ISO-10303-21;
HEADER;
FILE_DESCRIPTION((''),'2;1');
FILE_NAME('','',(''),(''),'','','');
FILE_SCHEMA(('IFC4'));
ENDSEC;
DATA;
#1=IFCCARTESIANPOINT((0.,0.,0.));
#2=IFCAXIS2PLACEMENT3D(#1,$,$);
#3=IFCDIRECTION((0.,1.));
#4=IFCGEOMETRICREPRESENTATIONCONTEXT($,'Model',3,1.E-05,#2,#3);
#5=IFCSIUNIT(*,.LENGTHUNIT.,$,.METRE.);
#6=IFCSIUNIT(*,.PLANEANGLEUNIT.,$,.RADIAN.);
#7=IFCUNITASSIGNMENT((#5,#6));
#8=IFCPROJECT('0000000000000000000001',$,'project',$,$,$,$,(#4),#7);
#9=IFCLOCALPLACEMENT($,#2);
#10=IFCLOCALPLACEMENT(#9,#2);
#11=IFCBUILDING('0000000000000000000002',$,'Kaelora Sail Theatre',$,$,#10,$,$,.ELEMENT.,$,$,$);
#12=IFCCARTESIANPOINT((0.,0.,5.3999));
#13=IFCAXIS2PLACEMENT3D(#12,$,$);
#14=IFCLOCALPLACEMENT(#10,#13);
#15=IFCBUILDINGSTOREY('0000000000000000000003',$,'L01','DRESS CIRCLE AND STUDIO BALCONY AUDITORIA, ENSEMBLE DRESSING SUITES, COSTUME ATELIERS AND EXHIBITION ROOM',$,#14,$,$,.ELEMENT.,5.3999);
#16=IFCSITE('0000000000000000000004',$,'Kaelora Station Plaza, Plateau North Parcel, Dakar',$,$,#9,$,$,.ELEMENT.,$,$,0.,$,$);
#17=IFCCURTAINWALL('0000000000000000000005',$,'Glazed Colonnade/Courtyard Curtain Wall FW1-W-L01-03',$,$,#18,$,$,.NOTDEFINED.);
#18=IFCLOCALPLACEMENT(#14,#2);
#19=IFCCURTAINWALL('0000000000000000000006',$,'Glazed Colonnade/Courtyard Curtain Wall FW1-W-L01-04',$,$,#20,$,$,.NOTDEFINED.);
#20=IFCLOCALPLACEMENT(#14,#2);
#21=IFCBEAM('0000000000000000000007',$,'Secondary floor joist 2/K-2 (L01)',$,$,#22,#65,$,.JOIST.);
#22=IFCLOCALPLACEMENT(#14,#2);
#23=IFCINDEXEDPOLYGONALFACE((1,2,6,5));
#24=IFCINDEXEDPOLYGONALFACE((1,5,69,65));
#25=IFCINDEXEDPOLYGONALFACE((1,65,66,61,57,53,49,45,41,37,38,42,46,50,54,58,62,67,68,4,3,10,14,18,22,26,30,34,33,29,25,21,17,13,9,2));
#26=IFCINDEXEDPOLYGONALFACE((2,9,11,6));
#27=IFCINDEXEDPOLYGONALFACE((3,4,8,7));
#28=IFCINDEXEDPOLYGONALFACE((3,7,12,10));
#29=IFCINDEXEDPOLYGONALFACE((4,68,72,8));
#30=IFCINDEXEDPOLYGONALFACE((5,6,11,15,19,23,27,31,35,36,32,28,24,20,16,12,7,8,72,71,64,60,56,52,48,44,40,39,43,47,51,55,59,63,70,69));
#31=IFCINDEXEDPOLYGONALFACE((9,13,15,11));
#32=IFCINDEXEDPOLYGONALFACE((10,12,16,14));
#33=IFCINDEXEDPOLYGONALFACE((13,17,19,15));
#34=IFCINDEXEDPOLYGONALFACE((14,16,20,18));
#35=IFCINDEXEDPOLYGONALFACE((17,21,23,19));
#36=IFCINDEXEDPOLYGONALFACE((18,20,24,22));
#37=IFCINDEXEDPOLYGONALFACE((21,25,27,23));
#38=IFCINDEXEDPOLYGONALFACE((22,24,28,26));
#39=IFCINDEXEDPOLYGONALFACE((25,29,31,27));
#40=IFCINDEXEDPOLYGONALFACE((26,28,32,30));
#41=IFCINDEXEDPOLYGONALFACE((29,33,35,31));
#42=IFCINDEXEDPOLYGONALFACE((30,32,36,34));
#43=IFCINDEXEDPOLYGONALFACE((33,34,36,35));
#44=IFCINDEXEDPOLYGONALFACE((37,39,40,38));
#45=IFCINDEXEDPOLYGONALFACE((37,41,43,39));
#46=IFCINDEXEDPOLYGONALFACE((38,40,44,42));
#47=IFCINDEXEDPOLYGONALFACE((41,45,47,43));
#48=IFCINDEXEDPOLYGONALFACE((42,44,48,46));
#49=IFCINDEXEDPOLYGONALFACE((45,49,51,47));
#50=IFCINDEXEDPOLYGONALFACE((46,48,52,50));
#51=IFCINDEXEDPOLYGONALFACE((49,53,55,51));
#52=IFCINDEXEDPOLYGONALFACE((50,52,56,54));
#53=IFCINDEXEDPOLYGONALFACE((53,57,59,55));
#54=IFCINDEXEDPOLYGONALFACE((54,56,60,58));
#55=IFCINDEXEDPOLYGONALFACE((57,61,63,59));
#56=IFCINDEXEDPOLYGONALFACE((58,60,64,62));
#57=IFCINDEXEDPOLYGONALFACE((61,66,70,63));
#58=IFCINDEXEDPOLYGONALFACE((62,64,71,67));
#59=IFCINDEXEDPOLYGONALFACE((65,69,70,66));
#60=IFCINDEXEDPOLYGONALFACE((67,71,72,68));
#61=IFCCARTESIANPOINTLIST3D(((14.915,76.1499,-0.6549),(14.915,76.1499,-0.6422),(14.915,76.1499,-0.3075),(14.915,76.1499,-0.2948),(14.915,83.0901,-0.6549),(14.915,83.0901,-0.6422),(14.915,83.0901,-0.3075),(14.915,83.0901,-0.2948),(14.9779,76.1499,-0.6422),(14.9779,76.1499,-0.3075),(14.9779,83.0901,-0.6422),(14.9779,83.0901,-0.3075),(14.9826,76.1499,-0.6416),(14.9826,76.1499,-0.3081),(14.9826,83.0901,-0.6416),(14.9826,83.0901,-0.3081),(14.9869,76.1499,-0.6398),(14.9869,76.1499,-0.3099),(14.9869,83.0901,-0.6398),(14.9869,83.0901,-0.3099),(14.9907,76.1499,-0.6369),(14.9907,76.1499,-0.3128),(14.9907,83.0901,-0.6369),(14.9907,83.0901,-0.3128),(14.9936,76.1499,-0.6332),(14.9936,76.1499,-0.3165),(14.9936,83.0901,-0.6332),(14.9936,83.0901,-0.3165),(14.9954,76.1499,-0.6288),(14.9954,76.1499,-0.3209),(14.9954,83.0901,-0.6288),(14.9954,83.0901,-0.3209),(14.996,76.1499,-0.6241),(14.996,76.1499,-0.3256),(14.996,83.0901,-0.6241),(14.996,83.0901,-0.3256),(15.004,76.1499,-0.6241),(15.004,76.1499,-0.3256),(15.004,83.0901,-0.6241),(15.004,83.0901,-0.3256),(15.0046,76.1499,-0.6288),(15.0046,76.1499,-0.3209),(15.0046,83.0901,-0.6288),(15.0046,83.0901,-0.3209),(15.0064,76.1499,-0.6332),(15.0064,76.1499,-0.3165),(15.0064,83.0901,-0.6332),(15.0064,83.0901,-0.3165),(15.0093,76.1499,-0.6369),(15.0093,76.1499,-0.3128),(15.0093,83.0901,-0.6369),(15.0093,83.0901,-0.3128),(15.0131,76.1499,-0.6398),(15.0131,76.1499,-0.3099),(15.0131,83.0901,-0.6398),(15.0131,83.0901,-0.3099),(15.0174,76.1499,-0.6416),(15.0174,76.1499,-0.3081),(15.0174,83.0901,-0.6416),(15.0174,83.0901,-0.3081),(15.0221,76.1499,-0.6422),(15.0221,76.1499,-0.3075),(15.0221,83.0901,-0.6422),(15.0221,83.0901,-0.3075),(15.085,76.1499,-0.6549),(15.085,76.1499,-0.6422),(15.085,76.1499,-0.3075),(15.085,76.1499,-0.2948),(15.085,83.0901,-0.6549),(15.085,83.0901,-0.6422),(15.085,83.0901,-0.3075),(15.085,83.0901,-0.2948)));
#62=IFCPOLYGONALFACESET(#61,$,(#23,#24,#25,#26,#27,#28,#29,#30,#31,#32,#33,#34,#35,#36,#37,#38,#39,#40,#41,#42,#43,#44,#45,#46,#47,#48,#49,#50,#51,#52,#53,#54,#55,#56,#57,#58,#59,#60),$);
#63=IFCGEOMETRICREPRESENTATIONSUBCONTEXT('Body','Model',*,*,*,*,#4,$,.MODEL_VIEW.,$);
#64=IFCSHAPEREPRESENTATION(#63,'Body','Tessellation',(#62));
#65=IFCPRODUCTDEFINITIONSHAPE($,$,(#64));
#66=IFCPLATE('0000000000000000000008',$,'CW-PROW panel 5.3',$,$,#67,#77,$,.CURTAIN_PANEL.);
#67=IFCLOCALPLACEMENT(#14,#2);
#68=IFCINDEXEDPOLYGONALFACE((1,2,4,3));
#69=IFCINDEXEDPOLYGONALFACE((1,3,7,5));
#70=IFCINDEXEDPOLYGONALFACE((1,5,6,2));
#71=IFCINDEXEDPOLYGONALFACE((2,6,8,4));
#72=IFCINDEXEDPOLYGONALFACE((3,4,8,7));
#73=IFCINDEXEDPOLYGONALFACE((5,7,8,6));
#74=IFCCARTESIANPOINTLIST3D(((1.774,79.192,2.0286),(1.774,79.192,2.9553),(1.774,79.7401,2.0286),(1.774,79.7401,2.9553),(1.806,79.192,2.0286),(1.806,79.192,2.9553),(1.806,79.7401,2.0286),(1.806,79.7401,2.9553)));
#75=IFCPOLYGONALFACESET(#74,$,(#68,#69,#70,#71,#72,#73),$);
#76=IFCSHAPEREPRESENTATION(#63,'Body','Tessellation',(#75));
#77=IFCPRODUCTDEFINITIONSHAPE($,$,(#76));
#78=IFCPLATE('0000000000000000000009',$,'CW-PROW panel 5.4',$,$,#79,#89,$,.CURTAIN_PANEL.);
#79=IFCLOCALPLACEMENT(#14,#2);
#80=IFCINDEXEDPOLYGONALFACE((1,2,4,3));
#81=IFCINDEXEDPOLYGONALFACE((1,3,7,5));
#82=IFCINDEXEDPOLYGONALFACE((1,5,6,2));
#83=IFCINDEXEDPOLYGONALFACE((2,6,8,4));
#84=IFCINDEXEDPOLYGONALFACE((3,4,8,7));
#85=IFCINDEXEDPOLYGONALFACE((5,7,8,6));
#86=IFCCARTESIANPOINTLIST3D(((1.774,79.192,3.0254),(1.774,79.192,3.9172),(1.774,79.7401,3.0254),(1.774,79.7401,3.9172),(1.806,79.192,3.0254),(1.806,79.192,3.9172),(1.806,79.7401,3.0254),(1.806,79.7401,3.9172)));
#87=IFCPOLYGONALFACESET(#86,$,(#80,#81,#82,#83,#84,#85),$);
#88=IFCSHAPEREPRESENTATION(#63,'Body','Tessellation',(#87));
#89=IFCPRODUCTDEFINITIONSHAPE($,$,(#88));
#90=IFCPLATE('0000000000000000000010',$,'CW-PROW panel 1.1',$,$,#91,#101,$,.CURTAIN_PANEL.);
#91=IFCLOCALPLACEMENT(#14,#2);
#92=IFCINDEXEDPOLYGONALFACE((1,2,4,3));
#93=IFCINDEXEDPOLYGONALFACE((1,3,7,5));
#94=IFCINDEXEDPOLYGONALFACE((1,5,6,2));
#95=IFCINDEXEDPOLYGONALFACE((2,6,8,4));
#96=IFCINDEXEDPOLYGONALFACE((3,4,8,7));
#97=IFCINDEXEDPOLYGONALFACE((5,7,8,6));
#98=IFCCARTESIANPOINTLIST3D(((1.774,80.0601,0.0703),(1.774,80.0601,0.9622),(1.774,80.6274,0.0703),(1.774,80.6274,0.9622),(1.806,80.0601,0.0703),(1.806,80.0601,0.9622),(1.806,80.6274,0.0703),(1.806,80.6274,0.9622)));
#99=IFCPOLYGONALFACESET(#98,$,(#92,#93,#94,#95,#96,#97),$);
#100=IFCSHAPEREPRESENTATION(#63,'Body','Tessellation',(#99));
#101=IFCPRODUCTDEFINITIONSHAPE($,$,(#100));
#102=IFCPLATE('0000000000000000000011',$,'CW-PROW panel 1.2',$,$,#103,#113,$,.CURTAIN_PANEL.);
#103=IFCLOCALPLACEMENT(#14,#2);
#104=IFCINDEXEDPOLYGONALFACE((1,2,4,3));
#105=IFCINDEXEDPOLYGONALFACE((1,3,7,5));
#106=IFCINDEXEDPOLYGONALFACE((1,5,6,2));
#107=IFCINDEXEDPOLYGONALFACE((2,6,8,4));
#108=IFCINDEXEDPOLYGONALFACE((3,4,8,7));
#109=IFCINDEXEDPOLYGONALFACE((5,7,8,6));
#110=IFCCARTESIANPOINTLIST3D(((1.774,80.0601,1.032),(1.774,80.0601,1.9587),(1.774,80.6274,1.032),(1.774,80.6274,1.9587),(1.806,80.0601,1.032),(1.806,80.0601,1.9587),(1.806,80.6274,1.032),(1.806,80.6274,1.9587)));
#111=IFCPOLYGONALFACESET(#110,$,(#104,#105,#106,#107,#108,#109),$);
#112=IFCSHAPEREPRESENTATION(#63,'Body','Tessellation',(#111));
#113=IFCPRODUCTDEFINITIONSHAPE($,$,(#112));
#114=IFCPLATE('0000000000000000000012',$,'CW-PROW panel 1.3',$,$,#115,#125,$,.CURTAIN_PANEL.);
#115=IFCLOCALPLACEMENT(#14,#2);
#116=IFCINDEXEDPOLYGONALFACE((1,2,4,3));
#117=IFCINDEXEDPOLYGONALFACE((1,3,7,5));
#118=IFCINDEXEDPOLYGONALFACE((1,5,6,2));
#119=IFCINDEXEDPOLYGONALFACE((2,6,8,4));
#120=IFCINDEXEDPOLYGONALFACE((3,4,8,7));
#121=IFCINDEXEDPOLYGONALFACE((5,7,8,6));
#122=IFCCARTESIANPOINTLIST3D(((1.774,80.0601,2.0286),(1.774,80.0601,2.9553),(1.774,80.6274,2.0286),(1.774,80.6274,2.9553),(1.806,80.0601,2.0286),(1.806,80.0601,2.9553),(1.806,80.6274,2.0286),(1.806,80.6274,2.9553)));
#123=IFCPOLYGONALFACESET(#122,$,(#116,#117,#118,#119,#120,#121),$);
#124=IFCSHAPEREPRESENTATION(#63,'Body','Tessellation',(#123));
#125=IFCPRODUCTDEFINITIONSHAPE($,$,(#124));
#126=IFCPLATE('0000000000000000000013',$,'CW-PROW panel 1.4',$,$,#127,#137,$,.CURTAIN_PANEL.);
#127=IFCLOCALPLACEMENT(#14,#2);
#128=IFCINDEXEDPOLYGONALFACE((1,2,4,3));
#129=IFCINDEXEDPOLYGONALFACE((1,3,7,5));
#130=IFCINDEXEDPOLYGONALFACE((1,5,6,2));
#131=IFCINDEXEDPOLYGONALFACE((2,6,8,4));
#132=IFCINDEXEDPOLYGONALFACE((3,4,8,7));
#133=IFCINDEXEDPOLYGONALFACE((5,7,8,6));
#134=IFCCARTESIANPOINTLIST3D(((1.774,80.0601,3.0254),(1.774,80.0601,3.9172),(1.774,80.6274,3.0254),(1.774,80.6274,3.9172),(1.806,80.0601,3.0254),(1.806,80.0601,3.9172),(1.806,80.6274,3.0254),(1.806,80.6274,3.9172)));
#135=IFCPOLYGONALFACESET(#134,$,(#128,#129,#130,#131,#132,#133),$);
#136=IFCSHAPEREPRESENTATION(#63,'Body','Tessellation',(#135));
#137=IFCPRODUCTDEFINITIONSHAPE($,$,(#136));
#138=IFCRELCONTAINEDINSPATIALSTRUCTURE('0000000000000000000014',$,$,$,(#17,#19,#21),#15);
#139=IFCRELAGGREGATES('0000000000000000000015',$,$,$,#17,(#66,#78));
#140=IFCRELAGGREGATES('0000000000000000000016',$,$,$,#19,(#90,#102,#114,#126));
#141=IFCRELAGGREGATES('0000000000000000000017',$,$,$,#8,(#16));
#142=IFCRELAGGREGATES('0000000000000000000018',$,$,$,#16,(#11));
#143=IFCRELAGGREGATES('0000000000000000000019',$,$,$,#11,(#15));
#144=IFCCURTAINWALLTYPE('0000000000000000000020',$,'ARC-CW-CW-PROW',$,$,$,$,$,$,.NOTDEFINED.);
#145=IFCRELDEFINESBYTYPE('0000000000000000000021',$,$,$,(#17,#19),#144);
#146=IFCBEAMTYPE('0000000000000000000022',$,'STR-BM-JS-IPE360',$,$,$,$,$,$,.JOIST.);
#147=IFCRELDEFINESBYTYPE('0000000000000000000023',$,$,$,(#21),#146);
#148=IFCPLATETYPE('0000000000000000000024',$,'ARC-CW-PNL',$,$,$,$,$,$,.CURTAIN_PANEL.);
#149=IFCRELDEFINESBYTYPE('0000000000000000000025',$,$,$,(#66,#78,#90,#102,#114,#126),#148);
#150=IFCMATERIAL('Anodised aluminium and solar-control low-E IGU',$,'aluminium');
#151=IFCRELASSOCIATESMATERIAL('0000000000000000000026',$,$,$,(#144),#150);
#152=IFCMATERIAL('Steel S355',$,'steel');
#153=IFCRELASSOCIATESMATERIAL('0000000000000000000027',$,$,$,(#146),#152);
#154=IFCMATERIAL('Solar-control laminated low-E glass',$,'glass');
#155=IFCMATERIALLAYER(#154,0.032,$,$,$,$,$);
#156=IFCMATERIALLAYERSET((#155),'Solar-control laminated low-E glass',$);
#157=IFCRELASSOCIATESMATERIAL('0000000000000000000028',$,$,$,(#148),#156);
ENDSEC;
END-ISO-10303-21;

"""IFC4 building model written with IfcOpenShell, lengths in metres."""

from ifc_helpers import new_model, si_unit, direction, frame, origin, origin_2d, place, context, subcontext, project, spatial, rectangle, i_section, extrude, material, layer, layer_set, material_profile, profile_set, type_object, element, aggregate, save


model = new_model("IFC4")

# Units and contexts
model_context = context("Model", 3, precision=1e-05, world=origin(), true_north=direction((0.0, 1.0)))
body_context = subcontext(model_context, "Body", "Model", "MODEL_VIEW")
ifc_project = project(units=[si_unit("LENGTHUNIT", "METRE"), si_unit("PLANEANGLEUNIT", "RADIAN")], contexts=[model_context])

# Site, building, storey
site_placement = place(None, origin())
site = spatial("IfcSite", under=ifc_project, at=site_placement, Name="Kaelora Station Plaza, Plateau North Parcel, Dakar", CompositionType="ELEMENT", RefElevation=0.0)
building_placement = place(site_placement, origin())
building = spatial("IfcBuilding", under=site, at=building_placement, Name="Kaelora Sail Theatre", CompositionType="ELEMENT")
storey_placement = place(building_placement, frame((0.0, 0.0, 5.3999)))
storey = spatial("IfcBuildingStorey", under=building, at=storey_placement, Name="L01", Description="DRESS CIRCLE AND STUDIO BALCONY AUDITORIA, ENSEMBLE DRESSING SUITES, COSTUME ATELIERS AND EXHIBITION ROOM", CompositionType="ELEMENT", Elevation=5.3999)

# Curtain wall
ifc_material_1 = material(Name="Anodised aluminium and solar-control low-E IGU", Category="aluminium")
curtain_wall_type = type_object("IfcCurtainWallType", Name="ARC-CW-CW-PROW", PredefinedType="NOTDEFINED", material=ifc_material_1)
curtain_wall_1_placement = place(storey_placement, origin())
curtain_wall_1 = element("IfcCurtainWall", 1, at=curtain_wall_1_placement, inside=storey, type_object=curtain_wall_type, Name="Glazed Colonnade/Courtyard Curtain Wall FW1-W-L01-03", PredefinedType="NOTDEFINED")

# Curtain wall
curtain_wall_2_placement = place(storey_placement, origin())
curtain_wall_2 = element("IfcCurtainWall", 2, at=curtain_wall_2_placement, inside=storey, type_object=curtain_wall_type, Name="Glazed Colonnade/Courtyard Curtain Wall FW1-W-L01-04", PredefinedType="NOTDEFINED")

# Beam
ifc_material_2 = material(Name="Steel S355", Category="steel")
ifc_material_profile_1 = material_profile(ifc_material_2, i_section(OverallWidth=0.1699, OverallDepth=0.3601, WebThickness=0.0081, FlangeThickness=0.0127, FilletRadius=0.0181, at=origin_2d()), Name="IPE 360")
ifc_profile_set_1 = profile_set([ifc_material_profile_1], Name="Steel S355")
beam_type_1 = type_object("IfcBeamType", Name="STR-BM-JS-IPE360", PredefinedType="JOIST", material=ifc_profile_set_1)
beam_1_placement = place(storey_placement, frame((15.0, 76.1499, -0.4749), z_axis=(0.0, 1.0, 0.0), x_axis=(-1.0, 0.0, 0.0)))
element("IfcBeam", 3, at=beam_1_placement, inside=storey, type_object=beam_type_1, Name="Secondary floor joist 2/K-2 (L01)", PredefinedType="JOIST", context=body_context, shape_type="SweptSolid", body=[
    extrude(i_section(OverallWidth=0.1699, OverallDepth=0.3601, WebThickness=0.0081, FlangeThickness=0.0127, FilletRadius=0.0181, at=origin_2d()), origin(), (0.0, 0.0, 1.0), 6.9402),
])

# Plates
ifc_material_3 = material(Name="Solar-control laminated low-E glass", Category="glass")
ifc_layer = layer(ifc_material_3, 0.032)
ifc_layer_set = layer_set([ifc_layer], Name="Solar-control laminated low-E glass")
plate_type = type_object("IfcPlateType", Name="ARC-CW-PNL", PredefinedType="CURTAIN_PANEL", material=ifc_layer_set)
plate_1_placement = place(storey_placement, frame((1.79, 79.4661, 2.0286), z_axis=(0.0, 0.0, 1.0), x_axis=(0.0, 1.0, 0.0)))
plate_1 = element("IfcPlate", 4, at=plate_1_placement, type_object=plate_type, Name="CW-PROW panel 5.3", PredefinedType="CURTAIN_PANEL", context=body_context, shape_type="SweptSolid", body=[
    extrude(rectangle(XDim=0.5481, YDim=0.032, at=origin_2d()), origin(), (0.0, 0.0, 1.0), 0.9268),
])
plate_2_placement = place(storey_placement, frame((1.79, 79.4661, 3.0254), z_axis=(0.0, 0.0, 1.0), x_axis=(0.0, 1.0, 0.0)))
plate_2 = element("IfcPlate", 5, at=plate_2_placement, type_object=plate_type, Name="CW-PROW panel 5.4", PredefinedType="CURTAIN_PANEL", context=body_context, shape_type="SweptSolid", body=[
    extrude(rectangle(XDim=0.5481, YDim=0.032, at=origin_2d()), origin(), (0.0, 0.0, 1.0), 0.8918),
])
aggregate(curtain_wall_1, [plate_1, plate_2])
plate_3_placement = place(storey_placement, frame((1.79, 80.3438, 0.0703), z_axis=(0.0, 0.0, 1.0), x_axis=(0.0, 1.0, 0.0)))
plate_3 = element("IfcPlate", 6, at=plate_3_placement, type_object=plate_type, Name="CW-PROW panel 1.1", PredefinedType="CURTAIN_PANEL", context=body_context, shape_type="SweptSolid", body=[
    extrude(rectangle(XDim=0.5674, YDim=0.032, at=origin_2d()), origin(), (0.0, 0.0, 1.0), 0.8918),
])
plate_4_placement = place(storey_placement, frame((1.79, 80.3438, 1.032), z_axis=(0.0, 0.0, 1.0), x_axis=(0.0, 1.0, 0.0)))
plate_4 = element("IfcPlate", 7, at=plate_4_placement, type_object=plate_type, Name="CW-PROW panel 1.2", PredefinedType="CURTAIN_PANEL", context=body_context, shape_type="SweptSolid", body=[
    extrude(rectangle(XDim=0.5674, YDim=0.032, at=origin_2d()), origin(), (0.0, 0.0, 1.0), 0.9268),
])
plate_5_placement = place(storey_placement, frame((1.79, 80.3438, 2.0286), z_axis=(0.0, 0.0, 1.0), x_axis=(0.0, 1.0, 0.0)))
plate_5 = element("IfcPlate", 8, at=plate_5_placement, type_object=plate_type, Name="CW-PROW panel 1.3", PredefinedType="CURTAIN_PANEL", context=body_context, shape_type="SweptSolid", body=[
    extrude(rectangle(XDim=0.5674, YDim=0.032, at=origin_2d()), origin(), (0.0, 0.0, 1.0), 0.9268),
])
plate_6_placement = place(storey_placement, frame((1.79, 80.3438, 3.0254), z_axis=(0.0, 0.0, 1.0), x_axis=(0.0, 1.0, 0.0)))
plate_6 = element("IfcPlate", 9, at=plate_6_placement, type_object=plate_type, Name="CW-PROW panel 1.4", PredefinedType="CURTAIN_PANEL", context=body_context, shape_type="SweptSolid", body=[
    extrude(rectangle(XDim=0.5674, YDim=0.032, at=origin_2d()), origin(), (0.0, 0.0, 1.0), 0.8918),
])
aggregate(curtain_wall_2, [plate_3, plate_4, plate_5, plate_6])

save(model, "model.ifc")
